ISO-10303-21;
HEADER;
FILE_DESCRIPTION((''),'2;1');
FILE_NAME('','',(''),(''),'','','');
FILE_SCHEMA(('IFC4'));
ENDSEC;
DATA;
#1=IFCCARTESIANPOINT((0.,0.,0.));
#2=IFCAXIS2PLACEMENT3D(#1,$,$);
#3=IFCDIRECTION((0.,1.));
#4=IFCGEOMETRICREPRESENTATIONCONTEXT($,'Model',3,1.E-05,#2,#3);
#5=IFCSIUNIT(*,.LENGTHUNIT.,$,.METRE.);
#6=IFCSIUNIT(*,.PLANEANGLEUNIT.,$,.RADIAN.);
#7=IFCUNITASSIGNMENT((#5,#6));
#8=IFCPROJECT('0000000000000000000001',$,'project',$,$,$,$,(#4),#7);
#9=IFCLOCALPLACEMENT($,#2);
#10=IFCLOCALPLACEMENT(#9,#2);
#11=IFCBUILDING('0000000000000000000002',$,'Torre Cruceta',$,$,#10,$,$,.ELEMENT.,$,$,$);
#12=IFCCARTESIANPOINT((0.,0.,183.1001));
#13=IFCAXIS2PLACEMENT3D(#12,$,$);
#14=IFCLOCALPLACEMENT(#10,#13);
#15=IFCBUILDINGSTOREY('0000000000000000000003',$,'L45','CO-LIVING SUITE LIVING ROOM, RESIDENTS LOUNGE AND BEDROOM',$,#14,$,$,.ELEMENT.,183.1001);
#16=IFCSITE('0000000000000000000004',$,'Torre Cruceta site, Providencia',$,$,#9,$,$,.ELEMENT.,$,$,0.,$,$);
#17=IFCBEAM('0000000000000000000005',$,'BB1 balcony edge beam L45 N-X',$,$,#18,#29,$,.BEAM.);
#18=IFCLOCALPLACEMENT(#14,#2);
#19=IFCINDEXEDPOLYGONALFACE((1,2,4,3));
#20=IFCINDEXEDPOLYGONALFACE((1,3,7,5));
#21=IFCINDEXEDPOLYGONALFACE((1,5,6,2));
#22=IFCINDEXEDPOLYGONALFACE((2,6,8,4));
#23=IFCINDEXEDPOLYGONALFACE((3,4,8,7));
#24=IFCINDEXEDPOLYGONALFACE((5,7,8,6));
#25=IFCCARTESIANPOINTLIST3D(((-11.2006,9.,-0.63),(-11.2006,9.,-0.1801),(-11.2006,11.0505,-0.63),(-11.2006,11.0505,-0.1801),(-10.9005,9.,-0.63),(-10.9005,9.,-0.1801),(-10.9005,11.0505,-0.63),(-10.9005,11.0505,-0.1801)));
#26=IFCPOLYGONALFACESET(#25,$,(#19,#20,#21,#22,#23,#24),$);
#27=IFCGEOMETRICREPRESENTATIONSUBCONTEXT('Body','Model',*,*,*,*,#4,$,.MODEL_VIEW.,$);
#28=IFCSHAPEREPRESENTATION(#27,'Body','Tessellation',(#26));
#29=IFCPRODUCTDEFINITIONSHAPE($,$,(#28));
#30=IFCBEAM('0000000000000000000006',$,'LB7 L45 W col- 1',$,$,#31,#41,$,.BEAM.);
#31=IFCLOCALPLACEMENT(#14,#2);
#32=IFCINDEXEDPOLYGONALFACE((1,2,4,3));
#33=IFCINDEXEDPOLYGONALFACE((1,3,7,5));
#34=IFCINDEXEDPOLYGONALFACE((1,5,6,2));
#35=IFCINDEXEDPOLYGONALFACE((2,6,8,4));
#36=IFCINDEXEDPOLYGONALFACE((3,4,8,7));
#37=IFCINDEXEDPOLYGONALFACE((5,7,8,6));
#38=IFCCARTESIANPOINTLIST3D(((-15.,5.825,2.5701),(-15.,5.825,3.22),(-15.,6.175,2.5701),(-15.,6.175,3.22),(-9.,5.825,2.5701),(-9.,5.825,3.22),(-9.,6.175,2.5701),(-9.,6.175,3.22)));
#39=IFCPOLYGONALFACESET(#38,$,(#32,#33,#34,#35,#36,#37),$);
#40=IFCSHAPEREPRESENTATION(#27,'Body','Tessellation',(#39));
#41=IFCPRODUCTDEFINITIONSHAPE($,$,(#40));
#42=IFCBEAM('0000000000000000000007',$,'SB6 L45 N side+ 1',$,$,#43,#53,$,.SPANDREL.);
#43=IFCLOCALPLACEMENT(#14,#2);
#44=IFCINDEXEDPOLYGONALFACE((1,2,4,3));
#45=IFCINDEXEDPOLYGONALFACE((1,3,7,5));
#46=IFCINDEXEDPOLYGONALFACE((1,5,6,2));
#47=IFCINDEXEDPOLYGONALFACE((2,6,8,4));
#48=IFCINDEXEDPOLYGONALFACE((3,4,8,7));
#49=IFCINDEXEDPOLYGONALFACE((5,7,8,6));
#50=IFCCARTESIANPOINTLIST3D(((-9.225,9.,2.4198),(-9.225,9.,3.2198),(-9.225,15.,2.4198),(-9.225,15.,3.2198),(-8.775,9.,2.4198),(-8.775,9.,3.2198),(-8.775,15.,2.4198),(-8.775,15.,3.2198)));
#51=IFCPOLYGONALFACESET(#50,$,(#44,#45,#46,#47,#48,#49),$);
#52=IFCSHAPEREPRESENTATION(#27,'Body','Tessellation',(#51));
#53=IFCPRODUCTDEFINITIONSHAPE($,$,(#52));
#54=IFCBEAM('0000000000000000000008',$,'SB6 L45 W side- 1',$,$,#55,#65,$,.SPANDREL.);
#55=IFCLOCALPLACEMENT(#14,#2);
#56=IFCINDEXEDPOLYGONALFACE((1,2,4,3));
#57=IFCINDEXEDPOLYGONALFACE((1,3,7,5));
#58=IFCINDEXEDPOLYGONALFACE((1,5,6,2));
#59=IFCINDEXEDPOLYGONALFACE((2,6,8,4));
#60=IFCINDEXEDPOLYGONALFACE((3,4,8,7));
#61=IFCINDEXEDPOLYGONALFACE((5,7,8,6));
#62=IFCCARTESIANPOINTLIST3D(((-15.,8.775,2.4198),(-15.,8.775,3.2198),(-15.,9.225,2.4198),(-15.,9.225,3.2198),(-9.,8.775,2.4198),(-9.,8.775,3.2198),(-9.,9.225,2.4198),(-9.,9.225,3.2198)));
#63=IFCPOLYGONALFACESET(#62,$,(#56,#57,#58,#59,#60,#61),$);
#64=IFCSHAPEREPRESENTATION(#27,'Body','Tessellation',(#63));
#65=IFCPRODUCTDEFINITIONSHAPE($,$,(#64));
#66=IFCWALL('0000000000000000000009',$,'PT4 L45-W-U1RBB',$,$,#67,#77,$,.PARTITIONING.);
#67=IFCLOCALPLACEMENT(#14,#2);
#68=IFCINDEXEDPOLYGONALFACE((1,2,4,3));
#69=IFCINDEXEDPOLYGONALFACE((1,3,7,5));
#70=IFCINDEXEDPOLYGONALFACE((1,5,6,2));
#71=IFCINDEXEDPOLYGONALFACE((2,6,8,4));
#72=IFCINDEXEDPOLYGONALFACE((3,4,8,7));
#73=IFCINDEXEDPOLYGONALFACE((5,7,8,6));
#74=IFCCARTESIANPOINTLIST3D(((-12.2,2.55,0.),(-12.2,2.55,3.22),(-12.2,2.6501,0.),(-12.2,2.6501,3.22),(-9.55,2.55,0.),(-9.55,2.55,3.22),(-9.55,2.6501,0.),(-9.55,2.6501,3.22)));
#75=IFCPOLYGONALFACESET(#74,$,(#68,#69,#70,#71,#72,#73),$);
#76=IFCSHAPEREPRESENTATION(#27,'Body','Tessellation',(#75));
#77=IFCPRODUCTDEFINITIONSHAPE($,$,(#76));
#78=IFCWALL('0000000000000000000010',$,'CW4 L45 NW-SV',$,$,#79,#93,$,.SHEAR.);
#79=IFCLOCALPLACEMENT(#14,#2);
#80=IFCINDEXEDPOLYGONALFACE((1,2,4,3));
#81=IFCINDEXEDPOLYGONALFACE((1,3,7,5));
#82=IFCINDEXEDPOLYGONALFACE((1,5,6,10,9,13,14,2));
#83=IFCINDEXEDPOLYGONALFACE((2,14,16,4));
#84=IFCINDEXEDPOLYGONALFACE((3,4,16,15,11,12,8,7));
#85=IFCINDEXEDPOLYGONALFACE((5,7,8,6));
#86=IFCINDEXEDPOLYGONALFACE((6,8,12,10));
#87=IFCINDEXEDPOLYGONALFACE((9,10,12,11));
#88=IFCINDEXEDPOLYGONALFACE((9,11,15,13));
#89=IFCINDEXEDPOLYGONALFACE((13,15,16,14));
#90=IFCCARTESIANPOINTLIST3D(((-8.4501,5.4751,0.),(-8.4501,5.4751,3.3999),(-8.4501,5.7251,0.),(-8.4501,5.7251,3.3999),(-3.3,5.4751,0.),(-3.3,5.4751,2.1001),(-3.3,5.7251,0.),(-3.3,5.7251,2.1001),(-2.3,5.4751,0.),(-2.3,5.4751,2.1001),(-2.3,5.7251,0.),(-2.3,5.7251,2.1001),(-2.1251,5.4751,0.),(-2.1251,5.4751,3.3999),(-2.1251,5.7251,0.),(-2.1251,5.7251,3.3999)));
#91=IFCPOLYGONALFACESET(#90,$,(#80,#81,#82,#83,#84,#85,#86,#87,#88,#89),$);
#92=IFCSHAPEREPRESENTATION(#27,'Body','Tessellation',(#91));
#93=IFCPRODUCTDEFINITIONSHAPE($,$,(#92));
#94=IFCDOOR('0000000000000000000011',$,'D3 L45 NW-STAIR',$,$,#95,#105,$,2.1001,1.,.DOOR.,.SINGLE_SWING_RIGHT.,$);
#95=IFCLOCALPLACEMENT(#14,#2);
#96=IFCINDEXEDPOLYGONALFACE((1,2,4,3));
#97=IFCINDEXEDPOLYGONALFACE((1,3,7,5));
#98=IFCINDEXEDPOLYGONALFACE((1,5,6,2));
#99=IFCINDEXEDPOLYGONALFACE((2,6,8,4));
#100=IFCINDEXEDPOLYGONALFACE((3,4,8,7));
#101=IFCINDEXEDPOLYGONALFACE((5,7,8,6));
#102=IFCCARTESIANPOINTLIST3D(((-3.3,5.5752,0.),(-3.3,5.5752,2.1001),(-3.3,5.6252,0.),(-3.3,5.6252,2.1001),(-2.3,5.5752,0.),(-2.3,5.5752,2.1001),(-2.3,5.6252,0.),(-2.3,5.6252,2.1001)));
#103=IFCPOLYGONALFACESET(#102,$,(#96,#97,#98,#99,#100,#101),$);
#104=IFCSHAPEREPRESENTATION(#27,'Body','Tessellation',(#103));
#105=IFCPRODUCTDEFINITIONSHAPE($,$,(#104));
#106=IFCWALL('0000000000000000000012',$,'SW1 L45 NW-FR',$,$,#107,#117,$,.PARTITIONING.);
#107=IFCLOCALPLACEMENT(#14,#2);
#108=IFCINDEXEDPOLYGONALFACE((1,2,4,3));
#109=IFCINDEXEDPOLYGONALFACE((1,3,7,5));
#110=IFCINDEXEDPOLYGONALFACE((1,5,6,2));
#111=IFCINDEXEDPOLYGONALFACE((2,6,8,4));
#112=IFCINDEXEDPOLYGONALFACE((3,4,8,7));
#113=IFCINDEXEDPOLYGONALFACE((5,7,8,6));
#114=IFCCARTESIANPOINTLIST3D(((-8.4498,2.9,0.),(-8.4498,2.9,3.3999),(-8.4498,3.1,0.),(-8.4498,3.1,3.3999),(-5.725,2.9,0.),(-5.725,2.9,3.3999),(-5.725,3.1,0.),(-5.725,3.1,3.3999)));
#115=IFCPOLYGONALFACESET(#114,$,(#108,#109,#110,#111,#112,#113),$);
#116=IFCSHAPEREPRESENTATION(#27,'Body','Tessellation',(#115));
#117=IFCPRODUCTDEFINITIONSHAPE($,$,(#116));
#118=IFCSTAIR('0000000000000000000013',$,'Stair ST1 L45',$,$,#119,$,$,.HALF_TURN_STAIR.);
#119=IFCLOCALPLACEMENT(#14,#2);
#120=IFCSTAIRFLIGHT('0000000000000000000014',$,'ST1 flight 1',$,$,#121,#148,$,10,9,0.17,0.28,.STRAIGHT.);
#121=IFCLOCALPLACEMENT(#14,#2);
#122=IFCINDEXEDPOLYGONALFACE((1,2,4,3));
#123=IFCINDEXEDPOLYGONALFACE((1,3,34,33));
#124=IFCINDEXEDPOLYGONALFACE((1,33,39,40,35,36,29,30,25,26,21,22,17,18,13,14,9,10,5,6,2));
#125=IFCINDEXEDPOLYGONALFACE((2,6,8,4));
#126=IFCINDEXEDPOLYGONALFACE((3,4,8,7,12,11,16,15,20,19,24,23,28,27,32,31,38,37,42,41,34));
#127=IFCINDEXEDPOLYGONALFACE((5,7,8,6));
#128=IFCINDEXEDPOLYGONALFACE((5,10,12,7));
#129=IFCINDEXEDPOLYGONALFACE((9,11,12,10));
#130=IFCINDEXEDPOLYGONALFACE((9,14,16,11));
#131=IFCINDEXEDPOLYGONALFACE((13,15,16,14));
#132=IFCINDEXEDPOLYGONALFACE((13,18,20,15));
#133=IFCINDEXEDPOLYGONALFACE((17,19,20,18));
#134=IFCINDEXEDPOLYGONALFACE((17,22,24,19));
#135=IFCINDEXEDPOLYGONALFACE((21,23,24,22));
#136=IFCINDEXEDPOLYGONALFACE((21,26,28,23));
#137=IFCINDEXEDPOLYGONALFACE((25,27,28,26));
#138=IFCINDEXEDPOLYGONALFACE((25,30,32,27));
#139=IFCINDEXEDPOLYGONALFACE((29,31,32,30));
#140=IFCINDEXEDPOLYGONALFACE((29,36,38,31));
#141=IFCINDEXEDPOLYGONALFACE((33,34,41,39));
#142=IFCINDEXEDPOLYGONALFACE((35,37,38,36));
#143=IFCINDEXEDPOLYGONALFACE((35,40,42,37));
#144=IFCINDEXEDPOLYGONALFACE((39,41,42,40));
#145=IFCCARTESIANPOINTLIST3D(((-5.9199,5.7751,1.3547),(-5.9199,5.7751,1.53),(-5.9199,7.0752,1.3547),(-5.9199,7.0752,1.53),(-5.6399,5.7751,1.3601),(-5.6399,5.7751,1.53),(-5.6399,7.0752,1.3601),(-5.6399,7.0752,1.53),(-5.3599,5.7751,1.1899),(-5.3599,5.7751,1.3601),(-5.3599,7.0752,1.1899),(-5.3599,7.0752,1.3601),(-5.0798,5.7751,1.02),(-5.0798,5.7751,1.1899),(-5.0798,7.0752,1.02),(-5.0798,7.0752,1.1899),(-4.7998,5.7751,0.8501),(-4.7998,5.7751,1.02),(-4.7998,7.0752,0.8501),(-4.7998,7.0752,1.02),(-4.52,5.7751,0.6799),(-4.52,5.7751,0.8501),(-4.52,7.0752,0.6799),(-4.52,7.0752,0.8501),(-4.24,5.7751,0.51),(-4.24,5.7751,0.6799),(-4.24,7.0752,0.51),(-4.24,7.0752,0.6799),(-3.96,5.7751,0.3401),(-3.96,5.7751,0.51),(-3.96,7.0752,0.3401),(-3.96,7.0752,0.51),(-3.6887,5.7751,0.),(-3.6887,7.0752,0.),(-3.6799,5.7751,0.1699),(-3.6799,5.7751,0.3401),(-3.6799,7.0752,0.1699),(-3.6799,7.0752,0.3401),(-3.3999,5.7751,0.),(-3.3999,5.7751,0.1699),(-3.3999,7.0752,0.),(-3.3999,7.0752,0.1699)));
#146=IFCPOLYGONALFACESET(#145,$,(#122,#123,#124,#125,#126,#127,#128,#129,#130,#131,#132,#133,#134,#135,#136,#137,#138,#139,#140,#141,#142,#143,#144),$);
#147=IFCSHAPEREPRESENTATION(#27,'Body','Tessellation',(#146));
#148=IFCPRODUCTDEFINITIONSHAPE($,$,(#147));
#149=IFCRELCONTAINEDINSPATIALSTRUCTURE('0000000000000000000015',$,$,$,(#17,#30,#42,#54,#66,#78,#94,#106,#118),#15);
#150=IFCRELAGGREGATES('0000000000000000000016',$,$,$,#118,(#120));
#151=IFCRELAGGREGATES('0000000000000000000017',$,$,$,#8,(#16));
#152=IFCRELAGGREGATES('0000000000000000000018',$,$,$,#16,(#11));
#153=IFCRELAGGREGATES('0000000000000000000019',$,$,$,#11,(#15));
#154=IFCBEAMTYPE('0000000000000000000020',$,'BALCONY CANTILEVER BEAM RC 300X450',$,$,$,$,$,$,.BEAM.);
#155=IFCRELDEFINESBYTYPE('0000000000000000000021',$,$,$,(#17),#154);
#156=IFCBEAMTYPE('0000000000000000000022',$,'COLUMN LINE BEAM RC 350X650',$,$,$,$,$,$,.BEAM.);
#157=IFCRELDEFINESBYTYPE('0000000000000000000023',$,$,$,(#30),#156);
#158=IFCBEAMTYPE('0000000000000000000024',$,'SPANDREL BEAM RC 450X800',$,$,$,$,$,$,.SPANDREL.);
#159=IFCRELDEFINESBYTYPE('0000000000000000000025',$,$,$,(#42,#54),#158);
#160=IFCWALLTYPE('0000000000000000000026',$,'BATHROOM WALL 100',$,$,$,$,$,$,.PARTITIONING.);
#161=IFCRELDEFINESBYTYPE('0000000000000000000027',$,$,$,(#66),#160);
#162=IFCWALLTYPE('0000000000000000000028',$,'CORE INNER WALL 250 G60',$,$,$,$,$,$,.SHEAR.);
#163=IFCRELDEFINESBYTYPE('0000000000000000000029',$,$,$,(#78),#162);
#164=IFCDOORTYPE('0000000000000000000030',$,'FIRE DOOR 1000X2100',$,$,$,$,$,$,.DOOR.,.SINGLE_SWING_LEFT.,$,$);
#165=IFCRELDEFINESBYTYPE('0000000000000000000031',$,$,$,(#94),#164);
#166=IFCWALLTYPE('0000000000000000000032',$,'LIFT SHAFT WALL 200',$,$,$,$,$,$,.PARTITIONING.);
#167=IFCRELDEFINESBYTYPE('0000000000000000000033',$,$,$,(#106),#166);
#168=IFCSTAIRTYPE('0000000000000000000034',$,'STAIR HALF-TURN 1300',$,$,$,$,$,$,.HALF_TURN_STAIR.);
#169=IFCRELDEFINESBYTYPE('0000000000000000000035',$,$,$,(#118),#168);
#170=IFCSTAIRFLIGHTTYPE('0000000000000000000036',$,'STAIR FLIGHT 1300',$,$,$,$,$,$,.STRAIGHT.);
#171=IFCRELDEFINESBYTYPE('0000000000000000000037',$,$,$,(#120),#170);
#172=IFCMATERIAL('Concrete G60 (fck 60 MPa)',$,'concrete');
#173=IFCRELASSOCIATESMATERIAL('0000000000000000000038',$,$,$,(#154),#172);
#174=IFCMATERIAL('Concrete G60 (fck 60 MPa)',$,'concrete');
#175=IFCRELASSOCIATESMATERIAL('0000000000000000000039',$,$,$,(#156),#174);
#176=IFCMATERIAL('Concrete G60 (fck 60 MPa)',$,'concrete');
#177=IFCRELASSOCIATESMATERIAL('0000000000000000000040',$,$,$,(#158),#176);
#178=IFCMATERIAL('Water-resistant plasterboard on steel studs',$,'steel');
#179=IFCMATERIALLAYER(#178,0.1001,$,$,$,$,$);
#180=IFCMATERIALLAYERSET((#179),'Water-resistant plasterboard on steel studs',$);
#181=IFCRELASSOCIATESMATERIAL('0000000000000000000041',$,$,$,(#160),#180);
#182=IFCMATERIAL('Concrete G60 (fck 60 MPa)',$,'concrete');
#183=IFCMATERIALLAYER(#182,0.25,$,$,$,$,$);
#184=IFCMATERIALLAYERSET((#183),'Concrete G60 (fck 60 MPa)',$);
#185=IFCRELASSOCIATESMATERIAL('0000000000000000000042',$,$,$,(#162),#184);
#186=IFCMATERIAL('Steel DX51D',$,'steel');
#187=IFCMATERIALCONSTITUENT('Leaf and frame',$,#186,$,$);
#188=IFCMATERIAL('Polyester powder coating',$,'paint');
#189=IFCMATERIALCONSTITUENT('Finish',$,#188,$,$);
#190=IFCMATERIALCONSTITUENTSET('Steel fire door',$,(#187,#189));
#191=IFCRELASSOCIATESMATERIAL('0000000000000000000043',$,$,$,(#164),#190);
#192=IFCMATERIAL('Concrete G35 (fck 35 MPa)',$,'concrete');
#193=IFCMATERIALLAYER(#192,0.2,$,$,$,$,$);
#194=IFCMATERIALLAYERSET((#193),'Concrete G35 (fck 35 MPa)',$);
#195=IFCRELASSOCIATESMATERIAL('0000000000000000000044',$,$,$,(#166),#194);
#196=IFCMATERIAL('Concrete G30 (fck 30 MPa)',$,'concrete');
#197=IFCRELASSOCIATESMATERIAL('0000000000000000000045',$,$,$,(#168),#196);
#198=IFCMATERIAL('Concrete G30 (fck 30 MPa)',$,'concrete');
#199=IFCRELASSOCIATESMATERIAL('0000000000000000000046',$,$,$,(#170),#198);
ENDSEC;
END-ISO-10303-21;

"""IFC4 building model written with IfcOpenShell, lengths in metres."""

from ifc_helpers import new_model, si_unit, direction, frame, frame_2d, origin, origin_2d, place, context, subcontext, project, spatial, polyline, rectangle, outline, extrude, material, layer, layer_set, constituent, constituent_set, material_profile, profile_set, type_object, element, fill, aggregate, save


model = new_model("IFC4")

# Units and contexts
model_context = context("Model", 3, precision=1e-05, world=origin(), true_north=direction((0.0, 1.0)))
body_context = subcontext(model_context, "Body", "Model", "MODEL_VIEW")
ifc_project = project(units=[si_unit("LENGTHUNIT", "METRE"), si_unit("PLANEANGLEUNIT", "RADIAN")], contexts=[model_context])

# Site, building, storey
site_placement = place(None, origin())
site = spatial("IfcSite", under=ifc_project, at=site_placement, Name="Torre Cruceta site, Providencia", CompositionType="ELEMENT", RefElevation=0.0)
building_placement = place(site_placement, origin())
building = spatial("IfcBuilding", under=site, at=building_placement, Name="Torre Cruceta", CompositionType="ELEMENT")
storey_placement = place(building_placement, frame((0.0, 0.0, 183.1001)))
storey = spatial("IfcBuildingStorey", under=building, at=storey_placement, Name="L45", Description="CO-LIVING SUITE LIVING ROOM, RESIDENTS LOUNGE AND BEDROOM", CompositionType="ELEMENT", Elevation=183.1001)

# Beams
ifc_material_1 = material(Name="Concrete G60 (fck 60 MPa)", Category="concrete")
ifc_material_profile_1 = material_profile(ifc_material_1, rectangle(XDim=0.3, YDim=0.45, at=origin_2d()), Name="RC 300X450")
ifc_profile_set_1 = profile_set([ifc_material_profile_1], Name="Concrete G60 (fck 60 MPa)")
beam_type_1 = type_object("IfcBeamType", Name="BALCONY CANTILEVER BEAM RC 300X450", PredefinedType="BEAM", material=ifc_profile_set_1)
beam_1_placement = place(storey_placement, frame((-11.0505, 9.0, -0.405), z_axis=(0.0, 1.0, 0.0), x_axis=(-1.0, 0.0, 0.0)))
element("IfcBeam", 1, at=beam_1_placement, inside=storey, type_object=beam_type_1, Name="BB1 balcony edge beam L45 N-X", PredefinedType="BEAM", context=body_context, shape_type="SweptSolid", body=[
    extrude(rectangle(XDim=0.3, YDim=0.45, at=origin_2d()), origin(), (0.0, 0.0, 1.0), 2.0505),
])
ifc_material_2 = material(Name="Concrete G60 (fck 60 MPa)", Category="concrete")
ifc_material_profile_2 = material_profile(ifc_material_2, rectangle(XDim=0.3501, YDim=0.6499, at=origin_2d()), Name="RC 350X650")
ifc_profile_set_2 = profile_set([ifc_material_profile_2], Name="Concrete G60 (fck 60 MPa)")
beam_type_2 = type_object("IfcBeamType", Name="COLUMN LINE BEAM RC 350X650", PredefinedType="BEAM", material=ifc_profile_set_2)
beam_2_placement = place(storey_placement, frame((-9.0, 6.0, 2.895), z_axis=(-1.0, 0.0, 0.0), x_axis=(0.0, -1.0, 0.0)))
element("IfcBeam", 2, at=beam_2_placement, inside=storey, type_object=beam_type_2, Name="LB7 L45 W col- 1", PredefinedType="BEAM", context=body_context, shape_type="SweptSolid", body=[
    extrude(rectangle(XDim=0.3501, YDim=0.6499, at=origin_2d()), origin(), (0.0, 0.0, 1.0), 6.0),
])
ifc_material_3 = material(Name="Concrete G60 (fck 60 MPa)", Category="concrete")
ifc_material_profile_3 = material_profile(ifc_material_3, rectangle(XDim=0.45, YDim=0.8, at=origin_2d()), Name="RC 450X800")
ifc_profile_set_3 = profile_set([ifc_material_profile_3], Name="Concrete G60 (fck 60 MPa)")
beam_type_3 = type_object("IfcBeamType", Name="SPANDREL BEAM RC 450X800", PredefinedType="SPANDREL", material=ifc_profile_set_3)
for number, where, z_axis, x_axis, name in (
    (3, (-9.0, 9.0, 2.8198), (0.0, 1.0, 0.0), (-1.0, 0.0, 0.0), "SB6 L45 N side+ 1"),
    (4, (-9.0, 9.0, 2.8198), (-1.0, 0.0, 0.0), (0.0, -1.0, 0.0), "SB6 L45 W side- 1"),
):
    element("IfcBeam", number, at=place(storey_placement, frame(where, z_axis=z_axis, x_axis=x_axis)), inside=storey, type_object=beam_type_3, Name=name, PredefinedType="SPANDREL", context=body_context, shape_type="SweptSolid", body=[
        extrude(rectangle(XDim=0.45, YDim=0.8, at=origin_2d()), origin(), (0.0, 0.0, 1.0), 6.0),
    ])

# Wall
ifc_material_4 = material(Name="Water-resistant plasterboard on steel studs", Category="steel")
ifc_layer_1 = layer(ifc_material_4, 0.1001)
ifc_layer_set_1 = layer_set([ifc_layer_1], Name="Water-resistant plasterboard on steel studs")
wall_type_1 = type_object("IfcWallType", Name="BATHROOM WALL 100", PredefinedType="PARTITIONING", material=ifc_layer_set_1)
wall_1_placement = place(storey_placement, frame((-9.55, 2.6001, 0.0), z_axis=(0.0, 0.0, 1.0), x_axis=(-1.0, 0.0, 0.0)))
element("IfcWall", 5, at=wall_1_placement, inside=storey, type_object=wall_type_1, Name="PT4 L45-W-U1RBB", PredefinedType="PARTITIONING", context=body_context, shape_type="SweptSolid", body=[
    extrude(rectangle(XDim=2.6499, YDim=0.1001, at=frame_2d((1.325, 0.0))), origin(), (0.0, 0.0, 1.0), 3.22),
])

# Wall, opening, door
ifc_material_5 = material(Name="Concrete G60 (fck 60 MPa)", Category="concrete")
ifc_layer_2 = layer(ifc_material_5, 0.25)
ifc_layer_set_2 = layer_set([ifc_layer_2], Name="Concrete G60 (fck 60 MPa)")
wall_type_2 = type_object("IfcWallType", Name="CORE INNER WALL 250 G60", PredefinedType="SHEAR", material=ifc_layer_set_2)
wall_2_placement = place(storey_placement, frame((-2.125, 5.6001, 0.0), z_axis=(0.0, 0.0, 1.0), x_axis=(-1.0, 0.0, 0.0)))
wall_2 = element("IfcWall", 6, at=wall_2_placement, inside=storey, type_object=wall_type_2, Name="CW4 L45 NW-SV", PredefinedType="SHEAR", context=body_context, shape_type="SweptSolid", body=[
    extrude(rectangle(XDim=6.325, YDim=0.25, at=frame_2d((3.1626, 0.0))), origin(), (0.0, 0.0, 1.0), 3.3999),
])
opening_1_placement = place(wall_2_placement, frame((0.175, 0.0, 0.0)))
opening_1 = element("IfcOpeningElement", 7, at=opening_1_placement, cuts=wall_2, PredefinedType="OPENING", context=body_context, shape_type="SweptSolid", body=[
    extrude(rectangle(XDim=1.0, YDim=2.1001, at=frame_2d((0.5, 1.05))), frame((0.0, 0.135, 0.0), z_axis=(0.0, -1.0, 0.0), x_axis=(1.0, 0.0, 0.0)), (0.0, 0.0, 1.0), 0.27),
])
ifc_material_6 = material(Name="Steel DX51D", Category="steel")
ifc_constituent_1 = constituent(ifc_material_6, Name="Leaf and frame")
ifc_material_7 = material(Name="Polyester powder coating", Category="paint")
ifc_constituent_2 = constituent(ifc_material_7, Name="Finish")
ifc_constituent_set_1 = constituent_set(constituents=[ifc_constituent_1, ifc_constituent_2], Name="Steel fire door")
door_type_1 = type_object("IfcDoorType", Name="FIRE DOOR 1000X2100", OperationType="SINGLE_SWING_LEFT", PredefinedType="DOOR", material=ifc_constituent_set_1)
door_1_placement = place(opening_1_placement, frame((1.0, 0.0, 0.0), z_axis=(0.0, 0.0, 1.0), x_axis=(-1.0, 0.0, 0.0)))
door_1 = element("IfcDoor", 8, at=door_1_placement, inside=storey, type_object=door_type_1, Name="D3 L45 NW-STAIR", OperationType="SINGLE_SWING_RIGHT", OverallHeight=2.1001, OverallWidth=1.0, PredefinedType="DOOR", context=body_context, shape_type="SweptSolid", body=[
    extrude(rectangle(XDim=1.0, YDim=2.1001, at=frame_2d((0.5, 1.05))), frame((0.0, 0.0251, 0.0), z_axis=(0.0, -1.0, 0.0), x_axis=(1.0, 0.0, 0.0)), (0.0, 0.0, 1.0), 0.05),
])
fill(opening_1, door_1)

# Wall
ifc_material_8 = material(Name="Concrete G35 (fck 35 MPa)", Category="concrete")
ifc_layer_3 = layer(ifc_material_8, 0.2)
ifc_layer_set_3 = layer_set([ifc_layer_3], Name="Concrete G35 (fck 35 MPa)")
wall_type_3 = type_object("IfcWallType", Name="LIFT SHAFT WALL 200", PredefinedType="PARTITIONING", material=ifc_layer_set_3)
wall_3_placement = place(storey_placement, frame((-5.7251, 3.0, 0.0), z_axis=(0.0, 0.0, 1.0), x_axis=(-1.0, 0.0, 0.0)))
element("IfcWall", 9, at=wall_3_placement, inside=storey, type_object=wall_type_3, Name="SW1 L45 NW-FR", PredefinedType="PARTITIONING", context=body_context, shape_type="SweptSolid", body=[
    extrude(rectangle(XDim=2.7249, YDim=0.2, at=frame_2d((1.3623, 0.0))), origin(), (0.0, 0.0, 1.0), 3.3999),
])

# Stair, stair flight
ifc_material_9 = material(Name="Concrete G30 (fck 30 MPa)", Category="concrete")
stair_type = type_object("IfcStairType", Name="STAIR HALF-TURN 1300", PredefinedType="HALF_TURN_STAIR", material=ifc_material_9)
stair_placement = place(storey_placement, origin())
stair = element("IfcStair", 10, at=stair_placement, inside=storey, type_object=stair_type, Name="Stair ST1 L45", PredefinedType="HALF_TURN_STAIR")
ifc_material_10 = material(Name="Concrete G30 (fck 30 MPa)", Category="concrete")
stair_flight_type = type_object("IfcStairFlightType", Name="STAIR FLIGHT 1300", PredefinedType="STRAIGHT", material=ifc_material_10)
stair_flight_1_placement = place(storey_placement, frame((-3.3999, 6.425, 0.0), z_axis=(0.0, 0.0, 1.0), x_axis=(-1.0, 0.0, 0.0)))
stair_flight_1 = element("IfcStairFlight", 11, at=stair_flight_1_placement, type_object=stair_flight_type, Name="ST1 flight 1", NumberOfRisers=10, NumberOfTreads=9, PredefinedType="STRAIGHT", RiserHeight=0.17, TreadLength=0.28, context=body_context, shape_type="SweptSolid", body=[
    extrude(outline(polyline([(0.0, 0.0), (0.0, 0.1699), (0.28, 0.1699), (0.28, 0.3401), (0.5601, 0.3401), (0.5601, 0.51), (0.8401, 0.51), (0.8401, 0.6799), (1.1201, 0.6799), (1.1201, 0.8501), (1.3999, 0.8501), (1.3999, 1.02), (1.6799, 1.02), (1.6799, 1.1899), (1.96, 1.1899), (1.96, 1.3601), (2.24, 1.3601), (2.24, 1.53), (2.52, 1.53), (2.52, 1.7), (2.52, 1.3547), (0.2888, 0.0), (0.0, 0.0)])), frame((0.0, 0.6499, 0.0), z_axis=(0.0, -1.0, 0.0), x_axis=(1.0, 0.0, 0.0)), (0.0, 0.0, 1.0), 1.3),
])
aggregate(stair, [stair_flight_1])

save(model, "model.ifc")
